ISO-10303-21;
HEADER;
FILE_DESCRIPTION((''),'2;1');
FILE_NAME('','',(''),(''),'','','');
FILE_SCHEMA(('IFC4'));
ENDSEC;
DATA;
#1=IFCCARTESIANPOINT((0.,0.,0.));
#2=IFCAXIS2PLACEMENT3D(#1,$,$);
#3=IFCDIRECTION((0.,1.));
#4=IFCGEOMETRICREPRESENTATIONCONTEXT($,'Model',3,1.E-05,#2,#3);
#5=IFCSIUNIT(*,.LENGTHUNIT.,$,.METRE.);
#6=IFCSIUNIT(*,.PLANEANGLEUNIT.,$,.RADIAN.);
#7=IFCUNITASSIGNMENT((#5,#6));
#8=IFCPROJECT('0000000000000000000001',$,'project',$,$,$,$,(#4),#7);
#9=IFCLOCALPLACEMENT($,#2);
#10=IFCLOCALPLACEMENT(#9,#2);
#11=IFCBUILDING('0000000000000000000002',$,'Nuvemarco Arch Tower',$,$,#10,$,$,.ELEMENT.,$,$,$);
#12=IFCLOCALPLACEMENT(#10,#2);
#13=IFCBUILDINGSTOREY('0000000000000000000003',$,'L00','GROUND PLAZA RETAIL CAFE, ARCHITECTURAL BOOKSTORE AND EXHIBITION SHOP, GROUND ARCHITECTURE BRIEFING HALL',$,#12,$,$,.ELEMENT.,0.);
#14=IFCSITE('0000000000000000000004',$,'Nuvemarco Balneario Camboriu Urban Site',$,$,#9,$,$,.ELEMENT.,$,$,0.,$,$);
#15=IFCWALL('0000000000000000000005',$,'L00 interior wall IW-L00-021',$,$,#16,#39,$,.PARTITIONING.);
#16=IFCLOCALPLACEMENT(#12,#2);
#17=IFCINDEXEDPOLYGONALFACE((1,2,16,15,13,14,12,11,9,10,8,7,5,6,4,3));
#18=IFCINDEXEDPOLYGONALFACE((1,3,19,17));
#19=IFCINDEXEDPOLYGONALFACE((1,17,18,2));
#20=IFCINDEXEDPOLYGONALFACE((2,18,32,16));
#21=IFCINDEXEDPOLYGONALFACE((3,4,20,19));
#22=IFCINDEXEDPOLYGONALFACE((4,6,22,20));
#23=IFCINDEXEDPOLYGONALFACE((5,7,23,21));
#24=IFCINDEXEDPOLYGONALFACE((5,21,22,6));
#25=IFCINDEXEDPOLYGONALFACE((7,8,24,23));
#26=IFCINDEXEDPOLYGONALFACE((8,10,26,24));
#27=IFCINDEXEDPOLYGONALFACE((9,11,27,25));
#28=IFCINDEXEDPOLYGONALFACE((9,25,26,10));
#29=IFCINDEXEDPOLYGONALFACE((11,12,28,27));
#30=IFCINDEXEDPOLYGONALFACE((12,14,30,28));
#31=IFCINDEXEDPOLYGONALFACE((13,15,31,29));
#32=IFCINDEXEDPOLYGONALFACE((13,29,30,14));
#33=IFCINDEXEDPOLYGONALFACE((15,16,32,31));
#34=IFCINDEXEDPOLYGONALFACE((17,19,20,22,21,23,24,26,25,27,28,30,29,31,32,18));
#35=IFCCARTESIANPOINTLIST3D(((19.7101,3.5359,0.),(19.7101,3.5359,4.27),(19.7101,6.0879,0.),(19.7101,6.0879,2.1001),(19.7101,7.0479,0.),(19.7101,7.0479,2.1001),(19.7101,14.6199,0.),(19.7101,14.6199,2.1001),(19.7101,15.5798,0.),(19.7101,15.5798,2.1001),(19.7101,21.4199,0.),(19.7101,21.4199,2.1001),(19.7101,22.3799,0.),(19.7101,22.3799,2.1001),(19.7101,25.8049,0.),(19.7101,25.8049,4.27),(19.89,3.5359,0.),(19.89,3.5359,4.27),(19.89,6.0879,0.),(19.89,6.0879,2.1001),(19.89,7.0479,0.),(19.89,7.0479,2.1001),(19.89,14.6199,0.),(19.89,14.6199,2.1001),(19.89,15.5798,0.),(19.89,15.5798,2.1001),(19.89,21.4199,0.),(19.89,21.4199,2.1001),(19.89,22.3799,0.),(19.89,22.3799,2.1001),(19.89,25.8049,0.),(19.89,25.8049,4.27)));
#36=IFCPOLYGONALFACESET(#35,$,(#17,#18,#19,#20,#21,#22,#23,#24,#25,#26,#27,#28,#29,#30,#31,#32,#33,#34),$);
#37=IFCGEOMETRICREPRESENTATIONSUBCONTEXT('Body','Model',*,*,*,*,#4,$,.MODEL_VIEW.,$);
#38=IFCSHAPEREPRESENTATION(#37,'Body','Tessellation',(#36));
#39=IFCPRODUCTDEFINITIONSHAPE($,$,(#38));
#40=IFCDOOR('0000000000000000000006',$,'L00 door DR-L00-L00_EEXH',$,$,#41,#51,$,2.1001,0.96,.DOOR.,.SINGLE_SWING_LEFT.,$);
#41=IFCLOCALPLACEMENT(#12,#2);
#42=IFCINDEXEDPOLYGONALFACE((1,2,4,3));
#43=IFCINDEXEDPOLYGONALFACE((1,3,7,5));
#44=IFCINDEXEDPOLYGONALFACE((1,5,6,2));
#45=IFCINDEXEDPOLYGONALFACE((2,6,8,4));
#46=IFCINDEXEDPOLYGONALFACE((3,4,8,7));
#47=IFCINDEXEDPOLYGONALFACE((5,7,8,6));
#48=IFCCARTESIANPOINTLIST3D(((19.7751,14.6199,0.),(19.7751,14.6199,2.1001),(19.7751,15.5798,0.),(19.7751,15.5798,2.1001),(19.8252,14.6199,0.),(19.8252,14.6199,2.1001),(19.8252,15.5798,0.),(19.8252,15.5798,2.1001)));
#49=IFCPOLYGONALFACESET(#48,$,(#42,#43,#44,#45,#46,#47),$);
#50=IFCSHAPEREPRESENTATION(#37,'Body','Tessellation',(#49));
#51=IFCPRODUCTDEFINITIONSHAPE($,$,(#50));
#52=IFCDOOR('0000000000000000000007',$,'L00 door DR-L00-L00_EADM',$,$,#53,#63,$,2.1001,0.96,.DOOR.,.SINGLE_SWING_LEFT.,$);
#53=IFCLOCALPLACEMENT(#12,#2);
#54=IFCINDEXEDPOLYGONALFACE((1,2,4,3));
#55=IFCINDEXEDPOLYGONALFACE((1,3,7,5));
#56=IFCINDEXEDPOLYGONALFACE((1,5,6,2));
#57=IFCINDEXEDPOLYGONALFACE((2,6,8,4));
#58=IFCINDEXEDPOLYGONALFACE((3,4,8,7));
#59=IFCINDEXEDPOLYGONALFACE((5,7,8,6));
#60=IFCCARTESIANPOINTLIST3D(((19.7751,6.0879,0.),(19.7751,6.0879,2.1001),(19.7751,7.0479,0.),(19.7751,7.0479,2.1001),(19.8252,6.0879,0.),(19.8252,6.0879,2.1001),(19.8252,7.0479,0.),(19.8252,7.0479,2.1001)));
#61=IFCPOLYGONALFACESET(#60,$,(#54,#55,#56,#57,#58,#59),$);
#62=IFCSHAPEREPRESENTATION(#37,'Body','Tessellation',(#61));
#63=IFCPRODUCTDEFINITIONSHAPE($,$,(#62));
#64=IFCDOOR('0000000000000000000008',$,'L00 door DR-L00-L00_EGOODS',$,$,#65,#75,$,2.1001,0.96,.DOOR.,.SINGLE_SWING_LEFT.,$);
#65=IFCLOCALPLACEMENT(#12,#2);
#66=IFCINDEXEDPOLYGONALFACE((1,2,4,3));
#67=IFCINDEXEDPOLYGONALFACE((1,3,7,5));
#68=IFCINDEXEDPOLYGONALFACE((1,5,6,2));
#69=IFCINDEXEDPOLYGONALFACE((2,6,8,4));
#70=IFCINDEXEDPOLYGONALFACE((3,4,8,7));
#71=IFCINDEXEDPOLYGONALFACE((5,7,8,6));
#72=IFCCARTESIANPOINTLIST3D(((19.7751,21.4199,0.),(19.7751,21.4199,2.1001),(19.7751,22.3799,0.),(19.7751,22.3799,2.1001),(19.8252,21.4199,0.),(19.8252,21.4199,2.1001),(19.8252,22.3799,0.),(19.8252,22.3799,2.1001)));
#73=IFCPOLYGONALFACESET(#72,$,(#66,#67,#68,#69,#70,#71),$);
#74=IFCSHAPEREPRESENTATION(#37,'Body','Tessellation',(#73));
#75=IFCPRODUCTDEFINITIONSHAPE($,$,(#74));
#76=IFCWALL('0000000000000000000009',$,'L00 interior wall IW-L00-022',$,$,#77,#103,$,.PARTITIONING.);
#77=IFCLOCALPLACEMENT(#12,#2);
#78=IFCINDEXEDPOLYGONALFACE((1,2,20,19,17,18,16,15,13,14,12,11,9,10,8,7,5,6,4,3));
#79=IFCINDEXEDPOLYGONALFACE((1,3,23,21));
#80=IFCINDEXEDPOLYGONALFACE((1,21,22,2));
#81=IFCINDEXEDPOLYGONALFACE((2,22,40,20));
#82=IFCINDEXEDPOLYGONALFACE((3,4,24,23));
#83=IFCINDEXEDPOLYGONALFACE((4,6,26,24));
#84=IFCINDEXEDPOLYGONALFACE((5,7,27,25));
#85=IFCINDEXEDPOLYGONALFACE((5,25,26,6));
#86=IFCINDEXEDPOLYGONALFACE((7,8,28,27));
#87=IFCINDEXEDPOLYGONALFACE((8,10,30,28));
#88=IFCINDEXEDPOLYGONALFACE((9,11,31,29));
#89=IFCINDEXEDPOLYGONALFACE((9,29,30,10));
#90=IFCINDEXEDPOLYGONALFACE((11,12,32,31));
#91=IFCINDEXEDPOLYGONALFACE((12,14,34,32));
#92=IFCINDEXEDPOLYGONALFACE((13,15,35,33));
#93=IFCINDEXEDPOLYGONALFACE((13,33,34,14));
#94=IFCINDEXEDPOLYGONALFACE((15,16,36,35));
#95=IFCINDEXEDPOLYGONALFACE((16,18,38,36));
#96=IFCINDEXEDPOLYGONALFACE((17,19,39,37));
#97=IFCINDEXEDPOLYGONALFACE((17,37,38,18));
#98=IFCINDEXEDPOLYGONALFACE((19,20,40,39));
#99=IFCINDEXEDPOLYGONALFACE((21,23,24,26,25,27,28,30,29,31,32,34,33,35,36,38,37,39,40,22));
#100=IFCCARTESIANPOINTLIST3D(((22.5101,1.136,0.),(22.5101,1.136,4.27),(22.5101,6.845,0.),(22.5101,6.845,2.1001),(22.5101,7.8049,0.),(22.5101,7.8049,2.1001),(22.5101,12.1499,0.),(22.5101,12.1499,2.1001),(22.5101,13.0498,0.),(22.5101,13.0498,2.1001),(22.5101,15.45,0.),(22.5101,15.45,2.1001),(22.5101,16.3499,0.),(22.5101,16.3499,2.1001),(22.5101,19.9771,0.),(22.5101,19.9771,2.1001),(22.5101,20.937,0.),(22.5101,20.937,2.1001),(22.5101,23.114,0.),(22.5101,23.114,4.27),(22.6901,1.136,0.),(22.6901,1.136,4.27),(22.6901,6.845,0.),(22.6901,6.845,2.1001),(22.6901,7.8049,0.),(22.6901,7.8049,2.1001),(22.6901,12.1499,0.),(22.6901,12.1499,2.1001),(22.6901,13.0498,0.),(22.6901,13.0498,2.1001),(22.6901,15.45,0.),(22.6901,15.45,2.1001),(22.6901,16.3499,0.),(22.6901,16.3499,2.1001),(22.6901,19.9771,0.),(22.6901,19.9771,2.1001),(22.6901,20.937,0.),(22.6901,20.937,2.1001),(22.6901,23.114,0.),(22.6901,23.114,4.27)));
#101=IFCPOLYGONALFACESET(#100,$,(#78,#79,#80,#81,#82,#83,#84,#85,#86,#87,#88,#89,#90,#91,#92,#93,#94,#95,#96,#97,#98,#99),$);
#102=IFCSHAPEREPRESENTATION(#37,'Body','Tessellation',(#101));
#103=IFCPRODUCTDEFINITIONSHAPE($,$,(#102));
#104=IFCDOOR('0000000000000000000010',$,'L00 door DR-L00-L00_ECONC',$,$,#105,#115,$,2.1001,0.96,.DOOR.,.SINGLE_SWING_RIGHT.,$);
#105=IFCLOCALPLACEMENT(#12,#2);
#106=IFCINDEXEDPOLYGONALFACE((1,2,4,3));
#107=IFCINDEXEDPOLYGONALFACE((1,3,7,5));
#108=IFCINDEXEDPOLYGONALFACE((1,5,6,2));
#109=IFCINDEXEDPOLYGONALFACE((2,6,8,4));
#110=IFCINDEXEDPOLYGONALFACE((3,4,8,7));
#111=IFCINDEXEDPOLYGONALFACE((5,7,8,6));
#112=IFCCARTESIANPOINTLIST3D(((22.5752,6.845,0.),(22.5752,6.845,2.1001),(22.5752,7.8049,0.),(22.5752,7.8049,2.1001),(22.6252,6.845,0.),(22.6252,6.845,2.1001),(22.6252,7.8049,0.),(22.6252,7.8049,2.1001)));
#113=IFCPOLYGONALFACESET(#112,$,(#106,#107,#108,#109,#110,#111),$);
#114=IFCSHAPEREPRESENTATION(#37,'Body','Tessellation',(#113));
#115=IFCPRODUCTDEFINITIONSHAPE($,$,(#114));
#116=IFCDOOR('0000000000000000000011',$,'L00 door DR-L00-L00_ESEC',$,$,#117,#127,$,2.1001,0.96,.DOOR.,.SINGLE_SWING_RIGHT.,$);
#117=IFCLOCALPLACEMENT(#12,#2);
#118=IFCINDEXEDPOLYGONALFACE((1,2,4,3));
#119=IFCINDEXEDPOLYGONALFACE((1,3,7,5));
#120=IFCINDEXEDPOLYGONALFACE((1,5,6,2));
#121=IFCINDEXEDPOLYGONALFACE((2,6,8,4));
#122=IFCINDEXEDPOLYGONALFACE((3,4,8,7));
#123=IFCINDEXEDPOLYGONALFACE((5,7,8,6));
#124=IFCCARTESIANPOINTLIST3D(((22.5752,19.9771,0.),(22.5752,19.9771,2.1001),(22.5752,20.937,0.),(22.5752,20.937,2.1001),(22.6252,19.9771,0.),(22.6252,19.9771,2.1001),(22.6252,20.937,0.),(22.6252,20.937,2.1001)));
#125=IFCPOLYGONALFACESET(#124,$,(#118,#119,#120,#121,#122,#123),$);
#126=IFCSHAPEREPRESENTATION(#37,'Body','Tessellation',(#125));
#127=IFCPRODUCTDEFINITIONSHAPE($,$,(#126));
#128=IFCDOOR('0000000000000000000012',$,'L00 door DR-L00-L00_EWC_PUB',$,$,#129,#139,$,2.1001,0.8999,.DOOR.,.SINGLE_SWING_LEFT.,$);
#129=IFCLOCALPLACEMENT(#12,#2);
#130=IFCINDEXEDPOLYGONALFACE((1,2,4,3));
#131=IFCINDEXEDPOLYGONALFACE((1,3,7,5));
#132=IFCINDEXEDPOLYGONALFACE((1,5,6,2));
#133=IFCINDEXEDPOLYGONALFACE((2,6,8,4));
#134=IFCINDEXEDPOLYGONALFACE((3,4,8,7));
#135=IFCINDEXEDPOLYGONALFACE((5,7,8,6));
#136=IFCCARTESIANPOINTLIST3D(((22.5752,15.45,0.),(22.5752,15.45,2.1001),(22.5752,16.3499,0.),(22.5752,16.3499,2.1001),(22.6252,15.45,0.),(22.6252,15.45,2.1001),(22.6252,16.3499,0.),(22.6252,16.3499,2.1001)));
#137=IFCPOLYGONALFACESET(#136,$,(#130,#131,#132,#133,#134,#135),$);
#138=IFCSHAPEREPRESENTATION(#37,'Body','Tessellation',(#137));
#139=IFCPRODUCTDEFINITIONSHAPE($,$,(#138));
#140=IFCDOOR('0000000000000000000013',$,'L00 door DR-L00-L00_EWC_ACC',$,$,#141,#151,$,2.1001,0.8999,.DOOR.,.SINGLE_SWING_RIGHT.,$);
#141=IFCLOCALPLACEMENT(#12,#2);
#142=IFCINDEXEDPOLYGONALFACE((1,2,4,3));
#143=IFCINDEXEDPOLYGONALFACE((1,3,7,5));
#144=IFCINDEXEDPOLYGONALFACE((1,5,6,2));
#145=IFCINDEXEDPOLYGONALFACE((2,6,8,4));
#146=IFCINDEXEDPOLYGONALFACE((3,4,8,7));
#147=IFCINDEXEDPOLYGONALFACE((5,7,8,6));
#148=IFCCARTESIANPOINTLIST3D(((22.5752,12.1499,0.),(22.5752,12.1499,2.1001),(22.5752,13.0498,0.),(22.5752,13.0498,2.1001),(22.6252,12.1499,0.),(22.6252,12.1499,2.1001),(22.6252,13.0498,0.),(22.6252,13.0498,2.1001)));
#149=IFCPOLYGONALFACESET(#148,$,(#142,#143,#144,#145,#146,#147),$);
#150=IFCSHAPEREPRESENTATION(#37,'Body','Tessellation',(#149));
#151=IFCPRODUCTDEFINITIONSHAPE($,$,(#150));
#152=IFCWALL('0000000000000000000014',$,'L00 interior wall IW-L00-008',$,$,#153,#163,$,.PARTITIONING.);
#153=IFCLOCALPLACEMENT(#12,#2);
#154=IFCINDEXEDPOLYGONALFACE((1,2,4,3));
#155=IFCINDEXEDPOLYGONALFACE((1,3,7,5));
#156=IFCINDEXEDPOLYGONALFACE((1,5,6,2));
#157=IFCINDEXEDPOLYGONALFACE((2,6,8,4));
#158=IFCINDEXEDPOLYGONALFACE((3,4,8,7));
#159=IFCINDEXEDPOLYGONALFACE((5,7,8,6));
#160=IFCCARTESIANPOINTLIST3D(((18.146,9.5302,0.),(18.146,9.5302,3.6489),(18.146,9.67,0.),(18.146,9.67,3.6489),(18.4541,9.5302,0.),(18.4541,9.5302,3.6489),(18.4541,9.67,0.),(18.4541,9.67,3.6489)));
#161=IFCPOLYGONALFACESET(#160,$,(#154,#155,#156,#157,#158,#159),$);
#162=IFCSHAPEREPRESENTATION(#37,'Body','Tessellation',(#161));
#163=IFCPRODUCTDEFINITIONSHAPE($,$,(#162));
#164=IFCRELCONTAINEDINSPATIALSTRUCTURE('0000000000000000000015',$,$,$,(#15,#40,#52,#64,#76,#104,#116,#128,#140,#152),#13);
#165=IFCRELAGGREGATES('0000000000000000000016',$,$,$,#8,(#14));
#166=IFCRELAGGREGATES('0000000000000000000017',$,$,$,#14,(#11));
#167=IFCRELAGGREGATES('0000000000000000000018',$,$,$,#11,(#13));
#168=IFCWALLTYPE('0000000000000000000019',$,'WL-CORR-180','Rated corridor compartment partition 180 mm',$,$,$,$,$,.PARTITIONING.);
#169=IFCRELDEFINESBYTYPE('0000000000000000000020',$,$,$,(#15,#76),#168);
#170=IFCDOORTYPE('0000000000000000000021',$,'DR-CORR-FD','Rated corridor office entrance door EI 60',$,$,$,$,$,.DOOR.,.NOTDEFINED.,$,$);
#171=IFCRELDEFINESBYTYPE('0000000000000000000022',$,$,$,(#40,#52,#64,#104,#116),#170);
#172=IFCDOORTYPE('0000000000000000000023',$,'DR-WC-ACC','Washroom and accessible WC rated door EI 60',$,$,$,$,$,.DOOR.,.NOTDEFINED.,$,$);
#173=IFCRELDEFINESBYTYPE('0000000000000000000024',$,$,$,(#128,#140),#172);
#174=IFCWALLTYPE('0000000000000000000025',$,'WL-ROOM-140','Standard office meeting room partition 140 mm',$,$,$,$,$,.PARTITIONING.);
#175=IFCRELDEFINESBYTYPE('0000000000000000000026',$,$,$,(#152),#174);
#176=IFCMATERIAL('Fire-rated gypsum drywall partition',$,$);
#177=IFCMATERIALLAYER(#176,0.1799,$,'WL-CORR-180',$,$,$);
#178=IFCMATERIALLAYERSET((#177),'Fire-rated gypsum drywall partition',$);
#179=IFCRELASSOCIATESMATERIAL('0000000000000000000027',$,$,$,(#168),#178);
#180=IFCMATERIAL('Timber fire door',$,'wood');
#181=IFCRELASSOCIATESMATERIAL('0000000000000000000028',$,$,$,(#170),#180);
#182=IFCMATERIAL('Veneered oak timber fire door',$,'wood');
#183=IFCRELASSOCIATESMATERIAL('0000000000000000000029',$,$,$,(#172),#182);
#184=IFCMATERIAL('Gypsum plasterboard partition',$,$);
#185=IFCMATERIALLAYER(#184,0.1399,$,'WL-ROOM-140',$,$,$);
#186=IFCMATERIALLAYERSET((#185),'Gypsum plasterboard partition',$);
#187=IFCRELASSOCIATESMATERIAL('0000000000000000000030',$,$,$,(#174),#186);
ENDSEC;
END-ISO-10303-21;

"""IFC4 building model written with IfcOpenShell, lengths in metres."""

from ifc_helpers import new_model, si_unit, direction, frame, frame_2d, origin, place, context, subcontext, project, spatial, rectangle, extrude, source, transform, mapped, material, layer, layer_set, type_object, type_shapes, element, fill, save


model = new_model("IFC4")

# Units and contexts
model_context = context("Model", 3, precision=1e-05, world=origin(), true_north=direction((0.0, 1.0)))
body_context = subcontext(model_context, "Body", "Model", "MODEL_VIEW")
ifc_project = project(units=[si_unit("LENGTHUNIT", "METRE"), si_unit("PLANEANGLEUNIT", "RADIAN")], contexts=[model_context])

# Site, building, storey
site_placement = place(None, origin())
site = spatial("IfcSite", under=ifc_project, at=site_placement, Name="Nuvemarco Balneario Camboriu Urban Site", CompositionType="ELEMENT", RefElevation=0.0)
building_placement = place(site_placement, origin())
building = spatial("IfcBuilding", under=site, at=building_placement, Name="Nuvemarco Arch Tower", CompositionType="ELEMENT")
storey_placement = place(building_placement, origin())
storey = spatial("IfcBuildingStorey", under=building, at=storey_placement, Name="L00", Description="GROUND PLAZA RETAIL CAFE, ARCHITECTURAL BOOKSTORE AND EXHIBITION SHOP, GROUND ARCHITECTURE BRIEFING HALL", CompositionType="ELEMENT", Elevation=0.0)

# Shared definitions
ifc_material_1 = material(Name="Fire-rated gypsum drywall partition")
ifc_layer_1 = layer(ifc_material_1, 0.1799, Name="WL-CORR-180")
ifc_layer_set_1 = layer_set([ifc_layer_1], Name="Fire-rated gypsum drywall partition")
wall_type_1 = type_object("IfcWallType", Name="WL-CORR-180", Description="Rated corridor compartment partition 180 mm", PredefinedType="PARTITIONING", material=ifc_layer_set_1)

# Walls, openings, doors
wall_1_placement = place(storey_placement, frame((19.8, 3.5359, 0.0), z_axis=(0.0, 0.0, 1.0), x_axis=(0.0, 1.0, 0.0)))
wall_1 = element("IfcWall", 1, at=wall_1_placement, inside=storey, type_object=wall_type_1, Name="L00 interior wall IW-L00-021", PredefinedType="PARTITIONING", context=body_context, shape_type="SweptSolid", body=[
    extrude(rectangle(XDim=22.269, YDim=0.1799, at=frame_2d((11.1345, 0.0))), origin(), (0.0, 0.0, 1.0), 4.27),
])
opening_1_placement = place(wall_1_placement, frame((11.084, 0.0, 0.0)))
opening_1 = element("IfcOpeningElement", 2, at=opening_1_placement, cuts=wall_1, PredefinedType="OPENING", context=body_context, shape_type="SweptSolid", body=[
    extrude(rectangle(XDim=0.96, YDim=2.1001, at=frame_2d((0.48, 1.05))), frame((0.0, 0.0999, 0.0), z_axis=(0.0, -1.0, 0.0), x_axis=(1.0, 0.0, 0.0)), (0.0, 0.0, 1.0), 0.2),
])
opening_2_placement = place(wall_1_placement, frame((2.552, 0.0, 0.0)))
opening_2 = element("IfcOpeningElement", 3, at=opening_2_placement, cuts=wall_1, PredefinedType="OPENING", context=body_context, shape_type="SweptSolid", body=[
    extrude(rectangle(XDim=0.96, YDim=2.1001, at=frame_2d((0.48, 1.05))), frame((0.0, 0.0999, 0.0), z_axis=(0.0, -1.0, 0.0), x_axis=(1.0, 0.0, 0.0)), (0.0, 0.0, 1.0), 0.2),
])
opening_3_placement = place(wall_1_placement, frame((17.884, 0.0, 0.0)))
opening_3 = element("IfcOpeningElement", 4, at=opening_3_placement, cuts=wall_1, PredefinedType="OPENING", context=body_context, shape_type="SweptSolid", body=[
    extrude(rectangle(XDim=0.96, YDim=2.1001, at=frame_2d((0.48, 1.05))), frame((0.0, 0.0999, 0.0), z_axis=(0.0, -1.0, 0.0), x_axis=(1.0, 0.0, 0.0)), (0.0, 0.0, 1.0), 0.2),
])
ifc_material_2 = material(Name="Timber fire door", Category="wood")
door_type_1 = type_object("IfcDoorType", Name="DR-CORR-FD", Description="Rated corridor office entrance door EI 60", OperationType="NOTDEFINED", PredefinedType="DOOR", material=ifc_material_2)
shared_shape_1 = source(origin(), body_context, "Body", "SweptSolid", [
    extrude(rectangle(XDim=0.96, YDim=2.1001, at=frame_2d((0.48, 1.05))), frame((0.0, 0.0249, 0.0), z_axis=(0.0, -1.0, 0.0), x_axis=(1.0, 0.0, 0.0)), (0.0, 0.0, 1.0), 0.05),
])
type_shapes(door_type_1, [shared_shape_1])
door_1_placement = place(opening_1_placement, origin())
door_1 = element("IfcDoor", 5, at=door_1_placement, inside=storey, type_object=door_type_1, Name="L00 door DR-L00-L00_EEXH", OperationType="SINGLE_SWING_LEFT", OverallHeight=2.1001, OverallWidth=0.96, PredefinedType="DOOR", context=body_context, shape_type="MappedRepresentation", body=[
    mapped(shared_shape_1, transform((0.0, 0.0, 0.0), scale=1.0)),
])
fill(opening_1, door_1)
door_2_placement = place(opening_2_placement, origin())
door_2 = element("IfcDoor", 6, at=door_2_placement, inside=storey, type_object=door_type_1, Name="L00 door DR-L00-L00_EADM", OperationType="SINGLE_SWING_LEFT", OverallHeight=2.1001, OverallWidth=0.96, PredefinedType="DOOR", context=body_context, shape_type="MappedRepresentation", body=[
    mapped(shared_shape_1, transform((0.0, 0.0, 0.0), scale=1.0)),
])
fill(opening_2, door_2)
door_3_placement = place(opening_3_placement, origin())
door_3 = element("IfcDoor", 7, at=door_3_placement, inside=storey, type_object=door_type_1, Name="L00 door DR-L00-L00_EGOODS", OperationType="SINGLE_SWING_LEFT", OverallHeight=2.1001, OverallWidth=0.96, PredefinedType="DOOR", context=body_context, shape_type="MappedRepresentation", body=[
    mapped(shared_shape_1, transform((0.0, 0.0, 0.0), scale=1.0)),
])
fill(opening_3, door_3)
wall_2_placement = place(storey_placement, frame((22.6001, 1.136, 0.0), z_axis=(0.0, 0.0, 1.0), x_axis=(0.0, 1.0, 0.0)))
wall_2 = element("IfcWall", 8, at=wall_2_placement, inside=storey, type_object=wall_type_1, Name="L00 interior wall IW-L00-022", PredefinedType="PARTITIONING", context=body_context, shape_type="SweptSolid", body=[
    extrude(rectangle(XDim=21.978, YDim=0.1799, at=frame_2d((10.989, 0.0))), origin(), (0.0, 0.0, 1.0), 4.27),
])
opening_4_placement = place(wall_2_placement, frame((5.709, 0.0, 0.0)))
opening_4 = element("IfcOpeningElement", 9, at=opening_4_placement, cuts=wall_2, PredefinedType="OPENING", context=body_context, shape_type="SweptSolid", body=[
    extrude(rectangle(XDim=0.96, YDim=2.1001, at=frame_2d((0.48, 1.05))), frame((0.0, 0.0999, 0.0), z_axis=(0.0, -1.0, 0.0), x_axis=(1.0, 0.0, 0.0)), (0.0, 0.0, 1.0), 0.2),
])
opening_5_placement = place(wall_2_placement, frame((18.8411, 0.0, 0.0)))
opening_5 = element("IfcOpeningElement", 10, at=opening_5_placement, cuts=wall_2, PredefinedType="OPENING", context=body_context, shape_type="SweptSolid", body=[
    extrude(rectangle(XDim=0.96, YDim=2.1001, at=frame_2d((0.48, 1.05))), frame((0.0, 0.0999, 0.0), z_axis=(0.0, -1.0, 0.0), x_axis=(1.0, 0.0, 0.0)), (0.0, 0.0, 1.0), 0.2),
])
opening_6_placement = place(wall_2_placement, frame((14.314, 0.0, 0.0)))
opening_6 = element("IfcOpeningElement", 11, at=opening_6_placement, cuts=wall_2, PredefinedType="OPENING", context=body_context, shape_type="SweptSolid", body=[
    extrude(rectangle(XDim=0.8999, YDim=2.1001, at=frame_2d((0.45, 1.05))), frame((0.0, 0.0999, 0.0), z_axis=(0.0, -1.0, 0.0), x_axis=(1.0, 0.0, 0.0)), (0.0, 0.0, 1.0), 0.2),
])
opening_7_placement = place(wall_2_placement, frame((11.0139, 0.0, 0.0)))
opening_7 = element("IfcOpeningElement", 12, at=opening_7_placement, cuts=wall_2, PredefinedType="OPENING", context=body_context, shape_type="SweptSolid", body=[
    extrude(rectangle(XDim=0.8999, YDim=2.1001, at=frame_2d((0.45, 1.05))), frame((0.0, 0.0999, 0.0), z_axis=(0.0, -1.0, 0.0), x_axis=(1.0, 0.0, 0.0)), (0.0, 0.0, 1.0), 0.2),
])
door_4_placement = place(opening_4_placement, origin())
door_4 = element("IfcDoor", 13, at=door_4_placement, inside=storey, type_object=door_type_1, Name="L00 door DR-L00-L00_ECONC", OperationType="SINGLE_SWING_RIGHT", OverallHeight=2.1001, OverallWidth=0.96, PredefinedType="DOOR", context=body_context, shape_type="MappedRepresentation", body=[
    mapped(shared_shape_1, transform((0.0, 0.0, 0.0), scale=1.0)),
])
fill(opening_4, door_4)
door_5_placement = place(opening_5_placement, origin())
door_5 = element("IfcDoor", 14, at=door_5_placement, inside=storey, type_object=door_type_1, Name="L00 door DR-L00-L00_ESEC", OperationType="SINGLE_SWING_RIGHT", OverallHeight=2.1001, OverallWidth=0.96, PredefinedType="DOOR", context=body_context, shape_type="MappedRepresentation", body=[
    mapped(shared_shape_1, transform((0.0, 0.0, 0.0), scale=1.0)),
])
fill(opening_5, door_5)
ifc_material_3 = material(Name="Veneered oak timber fire door", Category="wood")
door_type_2 = type_object("IfcDoorType", Name="DR-WC-ACC", Description="Washroom and accessible WC rated door EI 60", OperationType="NOTDEFINED", PredefinedType="DOOR", material=ifc_material_3)
shared_shape_2 = source(origin(), body_context, "Body", "SweptSolid", [
    extrude(rectangle(XDim=0.8999, YDim=2.1001, at=frame_2d((0.45, 1.05))), frame((0.0, 0.0249, 0.0), z_axis=(0.0, -1.0, 0.0), x_axis=(1.0, 0.0, 0.0)), (0.0, 0.0, 1.0), 0.05),
])
type_shapes(door_type_2, [shared_shape_2])
door_6_placement = place(opening_6_placement, origin())
door_6 = element("IfcDoor", 15, at=door_6_placement, inside=storey, type_object=door_type_2, Name="L00 door DR-L00-L00_EWC_PUB", OperationType="SINGLE_SWING_LEFT", OverallHeight=2.1001, OverallWidth=0.8999, PredefinedType="DOOR", context=body_context, shape_type="MappedRepresentation", body=[
    mapped(shared_shape_2, transform((0.0, 0.0, 0.0), scale=1.0)),
])
fill(opening_6, door_6)
door_7_placement = place(opening_7_placement, origin())
door_7 = element("IfcDoor", 16, at=door_7_placement, inside=storey, type_object=door_type_2, Name="L00 door DR-L00-L00_EWC_ACC", OperationType="SINGLE_SWING_RIGHT", OverallHeight=2.1001, OverallWidth=0.8999, PredefinedType="DOOR", context=body_context, shape_type="MappedRepresentation", body=[
    mapped(shared_shape_2, transform((0.0, 0.0, 0.0), scale=1.0)),
])
fill(opening_7, door_7)

# Wall
ifc_material_4 = material(Name="Gypsum plasterboard partition")
ifc_layer_2 = layer(ifc_material_4, 0.1399, Name="WL-ROOM-140")
ifc_layer_set_2 = layer_set([ifc_layer_2], Name="Gypsum plasterboard partition")
wall_type_2 = type_object("IfcWallType", Name="WL-ROOM-140", Description="Standard office meeting room partition 140 mm", PredefinedType="PARTITIONING", material=ifc_layer_set_2)
wall_3_placement = place(storey_placement, frame((18.146, 9.6001, 0.0), z_axis=(0.0, 0.0, 1.0), x_axis=(1.0, 0.0, 0.0)))
element("IfcWall", 17, at=wall_3_placement, inside=storey, type_object=wall_type_2, Name="L00 interior wall IW-L00-008", PredefinedType="PARTITIONING", context=body_context, shape_type="SweptSolid", body=[
    extrude(rectangle(XDim=0.3081, YDim=0.1399, at=frame_2d((0.1541, 0.0))), origin(), (0.0, 0.0, 1.0), 3.6489),
])

save(model, "model.ifc")
